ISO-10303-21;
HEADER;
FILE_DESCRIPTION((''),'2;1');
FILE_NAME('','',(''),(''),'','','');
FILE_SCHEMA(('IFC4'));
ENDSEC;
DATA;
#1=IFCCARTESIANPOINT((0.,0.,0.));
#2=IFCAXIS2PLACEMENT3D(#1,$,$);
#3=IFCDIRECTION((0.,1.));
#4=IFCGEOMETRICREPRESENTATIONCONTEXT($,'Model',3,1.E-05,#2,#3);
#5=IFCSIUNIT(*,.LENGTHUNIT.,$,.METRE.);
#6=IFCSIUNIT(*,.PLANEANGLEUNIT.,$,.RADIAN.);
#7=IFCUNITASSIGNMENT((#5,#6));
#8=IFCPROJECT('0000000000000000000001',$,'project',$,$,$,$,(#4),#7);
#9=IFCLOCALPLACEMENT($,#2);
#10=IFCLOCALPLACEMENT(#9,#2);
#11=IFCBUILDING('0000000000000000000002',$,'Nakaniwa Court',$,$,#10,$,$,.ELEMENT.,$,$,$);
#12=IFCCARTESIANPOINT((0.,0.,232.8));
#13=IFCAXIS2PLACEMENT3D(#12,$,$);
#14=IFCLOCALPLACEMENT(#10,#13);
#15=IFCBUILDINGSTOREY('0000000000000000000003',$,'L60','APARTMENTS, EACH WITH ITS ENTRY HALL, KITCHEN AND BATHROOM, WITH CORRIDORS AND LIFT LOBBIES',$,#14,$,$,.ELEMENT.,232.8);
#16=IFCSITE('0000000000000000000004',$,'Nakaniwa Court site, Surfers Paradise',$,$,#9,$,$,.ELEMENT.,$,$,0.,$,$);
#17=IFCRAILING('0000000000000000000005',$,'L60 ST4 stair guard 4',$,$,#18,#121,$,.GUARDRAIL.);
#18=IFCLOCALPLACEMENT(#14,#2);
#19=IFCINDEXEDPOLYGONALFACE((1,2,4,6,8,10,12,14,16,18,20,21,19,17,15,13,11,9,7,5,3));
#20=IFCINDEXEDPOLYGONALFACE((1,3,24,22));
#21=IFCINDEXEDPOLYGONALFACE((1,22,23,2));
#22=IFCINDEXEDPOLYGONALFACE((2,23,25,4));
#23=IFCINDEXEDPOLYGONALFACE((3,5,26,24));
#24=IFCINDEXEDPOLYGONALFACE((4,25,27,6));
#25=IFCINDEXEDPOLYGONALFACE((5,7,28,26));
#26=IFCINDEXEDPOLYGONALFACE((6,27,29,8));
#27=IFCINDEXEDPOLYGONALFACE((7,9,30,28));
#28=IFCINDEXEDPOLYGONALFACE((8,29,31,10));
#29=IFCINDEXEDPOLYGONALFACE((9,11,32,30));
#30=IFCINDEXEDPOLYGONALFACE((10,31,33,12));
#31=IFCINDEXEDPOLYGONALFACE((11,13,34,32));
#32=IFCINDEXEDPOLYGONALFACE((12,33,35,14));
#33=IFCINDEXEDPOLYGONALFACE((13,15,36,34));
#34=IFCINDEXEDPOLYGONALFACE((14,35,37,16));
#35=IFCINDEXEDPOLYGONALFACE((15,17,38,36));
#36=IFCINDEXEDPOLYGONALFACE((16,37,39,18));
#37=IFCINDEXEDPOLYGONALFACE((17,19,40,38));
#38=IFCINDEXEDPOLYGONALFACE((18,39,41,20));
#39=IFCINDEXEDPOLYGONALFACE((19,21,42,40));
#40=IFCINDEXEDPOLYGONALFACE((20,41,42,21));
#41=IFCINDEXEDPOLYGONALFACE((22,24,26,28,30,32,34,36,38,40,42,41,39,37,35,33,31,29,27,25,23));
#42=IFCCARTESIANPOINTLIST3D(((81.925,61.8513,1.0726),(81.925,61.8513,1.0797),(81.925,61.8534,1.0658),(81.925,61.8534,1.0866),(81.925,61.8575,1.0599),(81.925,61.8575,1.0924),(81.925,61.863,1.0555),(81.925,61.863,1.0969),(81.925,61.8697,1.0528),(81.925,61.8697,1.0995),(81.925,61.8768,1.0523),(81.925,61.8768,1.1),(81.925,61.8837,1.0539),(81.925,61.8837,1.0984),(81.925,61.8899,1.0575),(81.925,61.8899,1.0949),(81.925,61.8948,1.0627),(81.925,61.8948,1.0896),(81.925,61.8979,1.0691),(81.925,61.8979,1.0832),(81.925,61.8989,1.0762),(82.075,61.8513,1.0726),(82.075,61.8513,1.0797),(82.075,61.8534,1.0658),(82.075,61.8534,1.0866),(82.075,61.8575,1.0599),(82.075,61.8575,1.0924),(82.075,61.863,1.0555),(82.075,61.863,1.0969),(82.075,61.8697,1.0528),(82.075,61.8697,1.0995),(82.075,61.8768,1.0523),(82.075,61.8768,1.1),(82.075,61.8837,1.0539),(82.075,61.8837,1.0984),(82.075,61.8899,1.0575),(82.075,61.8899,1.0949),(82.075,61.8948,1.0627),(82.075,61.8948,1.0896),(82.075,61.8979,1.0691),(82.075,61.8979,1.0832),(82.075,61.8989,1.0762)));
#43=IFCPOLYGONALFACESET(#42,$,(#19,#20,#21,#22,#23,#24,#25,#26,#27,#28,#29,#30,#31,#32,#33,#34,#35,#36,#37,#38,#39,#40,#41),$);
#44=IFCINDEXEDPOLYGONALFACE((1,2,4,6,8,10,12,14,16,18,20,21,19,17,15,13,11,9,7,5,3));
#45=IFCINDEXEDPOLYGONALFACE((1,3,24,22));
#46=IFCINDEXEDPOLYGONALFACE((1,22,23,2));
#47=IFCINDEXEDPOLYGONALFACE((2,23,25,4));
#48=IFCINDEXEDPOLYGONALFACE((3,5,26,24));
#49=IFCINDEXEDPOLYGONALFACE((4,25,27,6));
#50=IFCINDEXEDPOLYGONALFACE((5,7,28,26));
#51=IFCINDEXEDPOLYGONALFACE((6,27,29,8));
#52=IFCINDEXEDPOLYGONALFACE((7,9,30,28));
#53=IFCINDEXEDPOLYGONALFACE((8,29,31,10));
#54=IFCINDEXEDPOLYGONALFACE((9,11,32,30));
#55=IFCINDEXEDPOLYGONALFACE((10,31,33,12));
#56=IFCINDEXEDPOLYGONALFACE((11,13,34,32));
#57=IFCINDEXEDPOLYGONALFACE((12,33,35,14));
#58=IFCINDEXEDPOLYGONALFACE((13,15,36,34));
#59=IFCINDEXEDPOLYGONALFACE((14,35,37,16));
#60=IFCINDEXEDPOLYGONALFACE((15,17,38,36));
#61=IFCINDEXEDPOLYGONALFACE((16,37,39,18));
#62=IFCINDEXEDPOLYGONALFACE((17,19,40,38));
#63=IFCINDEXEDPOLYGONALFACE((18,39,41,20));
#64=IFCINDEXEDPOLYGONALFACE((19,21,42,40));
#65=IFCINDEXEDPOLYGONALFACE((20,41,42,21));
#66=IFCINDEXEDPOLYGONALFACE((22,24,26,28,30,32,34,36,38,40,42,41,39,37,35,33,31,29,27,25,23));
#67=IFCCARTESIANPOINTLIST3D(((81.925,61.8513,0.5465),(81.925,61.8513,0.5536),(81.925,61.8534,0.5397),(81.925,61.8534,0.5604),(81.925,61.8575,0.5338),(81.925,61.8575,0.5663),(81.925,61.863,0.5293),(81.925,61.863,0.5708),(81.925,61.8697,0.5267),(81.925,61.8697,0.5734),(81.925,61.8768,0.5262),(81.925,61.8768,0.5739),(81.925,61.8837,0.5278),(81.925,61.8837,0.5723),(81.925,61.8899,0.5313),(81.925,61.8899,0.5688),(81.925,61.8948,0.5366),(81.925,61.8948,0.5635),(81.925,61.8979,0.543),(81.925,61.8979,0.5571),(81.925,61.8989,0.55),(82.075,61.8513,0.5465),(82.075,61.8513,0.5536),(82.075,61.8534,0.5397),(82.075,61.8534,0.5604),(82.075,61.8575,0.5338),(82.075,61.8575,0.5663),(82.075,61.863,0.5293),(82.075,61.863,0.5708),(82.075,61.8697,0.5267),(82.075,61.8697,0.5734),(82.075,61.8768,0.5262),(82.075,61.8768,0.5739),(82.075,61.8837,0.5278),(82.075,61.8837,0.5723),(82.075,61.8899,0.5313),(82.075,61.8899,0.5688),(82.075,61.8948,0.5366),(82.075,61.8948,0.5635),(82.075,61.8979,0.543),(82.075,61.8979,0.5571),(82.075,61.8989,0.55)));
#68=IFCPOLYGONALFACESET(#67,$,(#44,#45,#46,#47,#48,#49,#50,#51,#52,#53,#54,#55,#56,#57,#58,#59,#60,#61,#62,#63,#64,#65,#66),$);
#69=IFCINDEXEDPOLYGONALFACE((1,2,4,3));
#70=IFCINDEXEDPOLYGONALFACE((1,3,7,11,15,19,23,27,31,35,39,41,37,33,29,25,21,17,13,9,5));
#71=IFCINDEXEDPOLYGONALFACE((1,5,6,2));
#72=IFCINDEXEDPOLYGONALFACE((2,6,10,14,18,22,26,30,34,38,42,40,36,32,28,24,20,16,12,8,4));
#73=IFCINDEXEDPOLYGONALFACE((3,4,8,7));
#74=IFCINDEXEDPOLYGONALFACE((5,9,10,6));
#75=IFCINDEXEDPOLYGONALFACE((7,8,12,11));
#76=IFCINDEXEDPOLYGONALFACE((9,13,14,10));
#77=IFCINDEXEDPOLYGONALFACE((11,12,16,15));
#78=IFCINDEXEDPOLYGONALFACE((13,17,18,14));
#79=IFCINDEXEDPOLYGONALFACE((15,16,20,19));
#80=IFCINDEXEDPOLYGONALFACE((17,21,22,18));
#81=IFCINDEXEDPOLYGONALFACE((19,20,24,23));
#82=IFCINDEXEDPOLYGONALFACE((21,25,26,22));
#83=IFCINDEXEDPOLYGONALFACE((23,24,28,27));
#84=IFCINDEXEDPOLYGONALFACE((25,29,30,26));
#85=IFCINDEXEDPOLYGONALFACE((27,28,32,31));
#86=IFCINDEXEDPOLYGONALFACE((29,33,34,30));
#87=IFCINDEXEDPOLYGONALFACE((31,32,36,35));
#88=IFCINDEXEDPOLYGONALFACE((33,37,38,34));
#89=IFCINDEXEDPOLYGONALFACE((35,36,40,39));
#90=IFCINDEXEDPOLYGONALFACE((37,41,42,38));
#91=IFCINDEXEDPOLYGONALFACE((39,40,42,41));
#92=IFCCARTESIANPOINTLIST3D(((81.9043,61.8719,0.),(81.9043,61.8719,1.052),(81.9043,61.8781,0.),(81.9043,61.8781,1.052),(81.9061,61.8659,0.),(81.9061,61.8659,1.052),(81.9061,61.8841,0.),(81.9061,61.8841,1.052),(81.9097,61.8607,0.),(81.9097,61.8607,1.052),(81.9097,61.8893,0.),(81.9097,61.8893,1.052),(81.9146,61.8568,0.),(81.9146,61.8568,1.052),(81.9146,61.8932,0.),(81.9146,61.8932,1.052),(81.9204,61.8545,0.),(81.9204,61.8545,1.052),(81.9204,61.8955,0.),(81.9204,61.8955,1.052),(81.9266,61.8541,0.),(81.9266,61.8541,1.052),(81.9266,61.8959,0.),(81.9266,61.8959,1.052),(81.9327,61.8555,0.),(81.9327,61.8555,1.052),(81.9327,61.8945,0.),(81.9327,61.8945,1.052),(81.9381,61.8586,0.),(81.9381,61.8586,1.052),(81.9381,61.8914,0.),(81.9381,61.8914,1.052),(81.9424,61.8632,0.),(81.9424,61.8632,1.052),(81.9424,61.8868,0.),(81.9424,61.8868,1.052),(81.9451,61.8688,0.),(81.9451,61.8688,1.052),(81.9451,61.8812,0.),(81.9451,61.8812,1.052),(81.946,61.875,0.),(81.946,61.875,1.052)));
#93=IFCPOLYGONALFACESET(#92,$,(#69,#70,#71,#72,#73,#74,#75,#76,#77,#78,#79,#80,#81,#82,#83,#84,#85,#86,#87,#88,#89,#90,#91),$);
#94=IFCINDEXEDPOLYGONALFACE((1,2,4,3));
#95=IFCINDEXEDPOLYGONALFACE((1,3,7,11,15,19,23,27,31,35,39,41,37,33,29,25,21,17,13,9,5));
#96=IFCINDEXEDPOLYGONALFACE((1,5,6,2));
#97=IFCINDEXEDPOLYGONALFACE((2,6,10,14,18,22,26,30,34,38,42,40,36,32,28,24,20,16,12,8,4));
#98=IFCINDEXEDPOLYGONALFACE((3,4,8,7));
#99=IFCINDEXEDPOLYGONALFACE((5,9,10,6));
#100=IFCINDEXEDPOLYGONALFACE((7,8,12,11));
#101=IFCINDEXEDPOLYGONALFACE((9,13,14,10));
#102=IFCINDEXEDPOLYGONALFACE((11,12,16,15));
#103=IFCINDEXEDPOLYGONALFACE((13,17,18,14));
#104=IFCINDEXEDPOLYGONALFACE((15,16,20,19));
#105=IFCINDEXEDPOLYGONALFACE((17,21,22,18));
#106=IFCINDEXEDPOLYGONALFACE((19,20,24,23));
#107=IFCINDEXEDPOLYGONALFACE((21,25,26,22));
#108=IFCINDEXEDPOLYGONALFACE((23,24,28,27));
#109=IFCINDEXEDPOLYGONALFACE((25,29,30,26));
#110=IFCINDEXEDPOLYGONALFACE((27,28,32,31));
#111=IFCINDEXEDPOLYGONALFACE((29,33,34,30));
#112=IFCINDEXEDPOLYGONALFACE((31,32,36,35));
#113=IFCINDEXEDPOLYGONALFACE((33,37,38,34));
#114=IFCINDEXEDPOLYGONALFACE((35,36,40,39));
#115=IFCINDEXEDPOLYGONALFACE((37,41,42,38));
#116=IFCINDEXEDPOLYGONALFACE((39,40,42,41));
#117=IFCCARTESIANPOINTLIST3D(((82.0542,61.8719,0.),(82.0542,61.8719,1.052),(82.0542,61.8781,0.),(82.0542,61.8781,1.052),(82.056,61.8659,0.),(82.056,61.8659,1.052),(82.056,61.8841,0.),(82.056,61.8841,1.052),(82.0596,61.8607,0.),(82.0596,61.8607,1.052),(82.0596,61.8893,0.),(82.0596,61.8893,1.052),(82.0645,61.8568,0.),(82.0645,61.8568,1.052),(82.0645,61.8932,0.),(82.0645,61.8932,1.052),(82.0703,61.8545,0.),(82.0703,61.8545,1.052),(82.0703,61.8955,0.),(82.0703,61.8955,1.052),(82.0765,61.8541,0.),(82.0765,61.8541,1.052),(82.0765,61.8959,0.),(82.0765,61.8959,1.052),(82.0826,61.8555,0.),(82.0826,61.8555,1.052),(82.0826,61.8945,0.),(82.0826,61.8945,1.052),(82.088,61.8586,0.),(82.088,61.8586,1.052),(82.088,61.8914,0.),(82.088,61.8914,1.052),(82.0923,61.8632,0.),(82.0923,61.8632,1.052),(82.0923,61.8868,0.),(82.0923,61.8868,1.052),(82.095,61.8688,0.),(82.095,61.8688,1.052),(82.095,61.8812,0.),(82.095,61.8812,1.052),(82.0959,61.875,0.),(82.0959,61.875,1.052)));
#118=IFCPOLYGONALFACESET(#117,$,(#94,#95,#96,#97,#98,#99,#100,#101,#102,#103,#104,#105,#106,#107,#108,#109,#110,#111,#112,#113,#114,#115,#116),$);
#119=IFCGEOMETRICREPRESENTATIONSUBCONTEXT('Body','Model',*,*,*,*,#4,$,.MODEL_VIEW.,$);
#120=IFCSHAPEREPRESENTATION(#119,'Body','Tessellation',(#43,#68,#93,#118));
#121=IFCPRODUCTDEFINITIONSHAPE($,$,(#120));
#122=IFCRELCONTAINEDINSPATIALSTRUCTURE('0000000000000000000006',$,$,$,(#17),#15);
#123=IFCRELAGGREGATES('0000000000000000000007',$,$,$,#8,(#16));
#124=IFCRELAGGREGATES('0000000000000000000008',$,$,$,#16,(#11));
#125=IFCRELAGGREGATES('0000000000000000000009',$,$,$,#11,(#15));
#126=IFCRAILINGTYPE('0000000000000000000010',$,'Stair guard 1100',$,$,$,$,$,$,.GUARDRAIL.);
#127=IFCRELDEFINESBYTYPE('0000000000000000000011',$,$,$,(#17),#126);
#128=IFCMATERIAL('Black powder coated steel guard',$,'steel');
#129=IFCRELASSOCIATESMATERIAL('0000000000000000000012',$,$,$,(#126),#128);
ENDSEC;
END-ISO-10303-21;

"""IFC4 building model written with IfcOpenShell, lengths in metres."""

from ifc_helpers import new_model, si_unit, direction, frame, origin, origin_2d, place, context, subcontext, project, spatial, circle, extrude, material, type_object, element, save


model = new_model("IFC4")

# Units and contexts
model_context = context("Model", 3, precision=1e-05, world=origin(), true_north=direction((0.0, 1.0)))
body_context = subcontext(model_context, "Body", "Model", "MODEL_VIEW")
ifc_project = project(units=[si_unit("LENGTHUNIT", "METRE"), si_unit("PLANEANGLEUNIT", "RADIAN")], contexts=[model_context])

# Site, building, storey
site_placement = place(None, origin())
site = spatial("IfcSite", under=ifc_project, at=site_placement, Name="Nakaniwa Court site, Surfers Paradise", CompositionType="ELEMENT", RefElevation=0.0)
building_placement = place(site_placement, origin())
building = spatial("IfcBuilding", under=site, at=building_placement, Name="Nakaniwa Court", CompositionType="ELEMENT")
storey_placement = place(building_placement, frame((0.0, 0.0, 232.8)))
storey = spatial("IfcBuildingStorey", under=building, at=storey_placement, Name="L60", Description="APARTMENTS, EACH WITH ITS ENTRY HALL, KITCHEN AND BATHROOM, WITH CORRIDORS AND LIFT LOBBIES", CompositionType="ELEMENT", Elevation=232.8)

# Railing
ifc_material_1 = material(Name="Black powder coated steel guard", Category="steel")
railing_type_1 = type_object("IfcRailingType", Name="Stair guard 1100", PredefinedType="GUARDRAIL", material=ifc_material_1)
railing_1_placement = place(storey_placement, frame((81.925, 61.875, 0.0)))
element("IfcRailing", 1, at=railing_1_placement, inside=storey, type_object=railing_type_1, Name="L60 ST4 stair guard 4", PredefinedType="GUARDRAIL", context=body_context, shape_type="SweptSolid", body=[
    extrude(circle(Radius=0.0239, at=origin_2d()), frame((0.0, 0.0, 1.0762), z_axis=(1.0, 0.0, 0.0), x_axis=(0.0, 1.0, 0.0)), (0.0, 0.0, 1.0), 0.1499),
    extrude(circle(Radius=0.0239, at=origin_2d()), frame((0.0, 0.0, 0.55), z_axis=(1.0, 0.0, 0.0), x_axis=(0.0, 1.0, 0.0)), (0.0, 0.0, 1.0), 0.1499),
    extrude(circle(Radius=0.021, at=origin_2d()), origin(), (0.0, 0.0, 1.0), 1.052),
    extrude(circle(Radius=0.021, at=origin_2d()), frame((0.1499, 0.0, 0.0)), (0.0, 0.0, 1.0), 1.052),
])

save(model, "model.ifc")
